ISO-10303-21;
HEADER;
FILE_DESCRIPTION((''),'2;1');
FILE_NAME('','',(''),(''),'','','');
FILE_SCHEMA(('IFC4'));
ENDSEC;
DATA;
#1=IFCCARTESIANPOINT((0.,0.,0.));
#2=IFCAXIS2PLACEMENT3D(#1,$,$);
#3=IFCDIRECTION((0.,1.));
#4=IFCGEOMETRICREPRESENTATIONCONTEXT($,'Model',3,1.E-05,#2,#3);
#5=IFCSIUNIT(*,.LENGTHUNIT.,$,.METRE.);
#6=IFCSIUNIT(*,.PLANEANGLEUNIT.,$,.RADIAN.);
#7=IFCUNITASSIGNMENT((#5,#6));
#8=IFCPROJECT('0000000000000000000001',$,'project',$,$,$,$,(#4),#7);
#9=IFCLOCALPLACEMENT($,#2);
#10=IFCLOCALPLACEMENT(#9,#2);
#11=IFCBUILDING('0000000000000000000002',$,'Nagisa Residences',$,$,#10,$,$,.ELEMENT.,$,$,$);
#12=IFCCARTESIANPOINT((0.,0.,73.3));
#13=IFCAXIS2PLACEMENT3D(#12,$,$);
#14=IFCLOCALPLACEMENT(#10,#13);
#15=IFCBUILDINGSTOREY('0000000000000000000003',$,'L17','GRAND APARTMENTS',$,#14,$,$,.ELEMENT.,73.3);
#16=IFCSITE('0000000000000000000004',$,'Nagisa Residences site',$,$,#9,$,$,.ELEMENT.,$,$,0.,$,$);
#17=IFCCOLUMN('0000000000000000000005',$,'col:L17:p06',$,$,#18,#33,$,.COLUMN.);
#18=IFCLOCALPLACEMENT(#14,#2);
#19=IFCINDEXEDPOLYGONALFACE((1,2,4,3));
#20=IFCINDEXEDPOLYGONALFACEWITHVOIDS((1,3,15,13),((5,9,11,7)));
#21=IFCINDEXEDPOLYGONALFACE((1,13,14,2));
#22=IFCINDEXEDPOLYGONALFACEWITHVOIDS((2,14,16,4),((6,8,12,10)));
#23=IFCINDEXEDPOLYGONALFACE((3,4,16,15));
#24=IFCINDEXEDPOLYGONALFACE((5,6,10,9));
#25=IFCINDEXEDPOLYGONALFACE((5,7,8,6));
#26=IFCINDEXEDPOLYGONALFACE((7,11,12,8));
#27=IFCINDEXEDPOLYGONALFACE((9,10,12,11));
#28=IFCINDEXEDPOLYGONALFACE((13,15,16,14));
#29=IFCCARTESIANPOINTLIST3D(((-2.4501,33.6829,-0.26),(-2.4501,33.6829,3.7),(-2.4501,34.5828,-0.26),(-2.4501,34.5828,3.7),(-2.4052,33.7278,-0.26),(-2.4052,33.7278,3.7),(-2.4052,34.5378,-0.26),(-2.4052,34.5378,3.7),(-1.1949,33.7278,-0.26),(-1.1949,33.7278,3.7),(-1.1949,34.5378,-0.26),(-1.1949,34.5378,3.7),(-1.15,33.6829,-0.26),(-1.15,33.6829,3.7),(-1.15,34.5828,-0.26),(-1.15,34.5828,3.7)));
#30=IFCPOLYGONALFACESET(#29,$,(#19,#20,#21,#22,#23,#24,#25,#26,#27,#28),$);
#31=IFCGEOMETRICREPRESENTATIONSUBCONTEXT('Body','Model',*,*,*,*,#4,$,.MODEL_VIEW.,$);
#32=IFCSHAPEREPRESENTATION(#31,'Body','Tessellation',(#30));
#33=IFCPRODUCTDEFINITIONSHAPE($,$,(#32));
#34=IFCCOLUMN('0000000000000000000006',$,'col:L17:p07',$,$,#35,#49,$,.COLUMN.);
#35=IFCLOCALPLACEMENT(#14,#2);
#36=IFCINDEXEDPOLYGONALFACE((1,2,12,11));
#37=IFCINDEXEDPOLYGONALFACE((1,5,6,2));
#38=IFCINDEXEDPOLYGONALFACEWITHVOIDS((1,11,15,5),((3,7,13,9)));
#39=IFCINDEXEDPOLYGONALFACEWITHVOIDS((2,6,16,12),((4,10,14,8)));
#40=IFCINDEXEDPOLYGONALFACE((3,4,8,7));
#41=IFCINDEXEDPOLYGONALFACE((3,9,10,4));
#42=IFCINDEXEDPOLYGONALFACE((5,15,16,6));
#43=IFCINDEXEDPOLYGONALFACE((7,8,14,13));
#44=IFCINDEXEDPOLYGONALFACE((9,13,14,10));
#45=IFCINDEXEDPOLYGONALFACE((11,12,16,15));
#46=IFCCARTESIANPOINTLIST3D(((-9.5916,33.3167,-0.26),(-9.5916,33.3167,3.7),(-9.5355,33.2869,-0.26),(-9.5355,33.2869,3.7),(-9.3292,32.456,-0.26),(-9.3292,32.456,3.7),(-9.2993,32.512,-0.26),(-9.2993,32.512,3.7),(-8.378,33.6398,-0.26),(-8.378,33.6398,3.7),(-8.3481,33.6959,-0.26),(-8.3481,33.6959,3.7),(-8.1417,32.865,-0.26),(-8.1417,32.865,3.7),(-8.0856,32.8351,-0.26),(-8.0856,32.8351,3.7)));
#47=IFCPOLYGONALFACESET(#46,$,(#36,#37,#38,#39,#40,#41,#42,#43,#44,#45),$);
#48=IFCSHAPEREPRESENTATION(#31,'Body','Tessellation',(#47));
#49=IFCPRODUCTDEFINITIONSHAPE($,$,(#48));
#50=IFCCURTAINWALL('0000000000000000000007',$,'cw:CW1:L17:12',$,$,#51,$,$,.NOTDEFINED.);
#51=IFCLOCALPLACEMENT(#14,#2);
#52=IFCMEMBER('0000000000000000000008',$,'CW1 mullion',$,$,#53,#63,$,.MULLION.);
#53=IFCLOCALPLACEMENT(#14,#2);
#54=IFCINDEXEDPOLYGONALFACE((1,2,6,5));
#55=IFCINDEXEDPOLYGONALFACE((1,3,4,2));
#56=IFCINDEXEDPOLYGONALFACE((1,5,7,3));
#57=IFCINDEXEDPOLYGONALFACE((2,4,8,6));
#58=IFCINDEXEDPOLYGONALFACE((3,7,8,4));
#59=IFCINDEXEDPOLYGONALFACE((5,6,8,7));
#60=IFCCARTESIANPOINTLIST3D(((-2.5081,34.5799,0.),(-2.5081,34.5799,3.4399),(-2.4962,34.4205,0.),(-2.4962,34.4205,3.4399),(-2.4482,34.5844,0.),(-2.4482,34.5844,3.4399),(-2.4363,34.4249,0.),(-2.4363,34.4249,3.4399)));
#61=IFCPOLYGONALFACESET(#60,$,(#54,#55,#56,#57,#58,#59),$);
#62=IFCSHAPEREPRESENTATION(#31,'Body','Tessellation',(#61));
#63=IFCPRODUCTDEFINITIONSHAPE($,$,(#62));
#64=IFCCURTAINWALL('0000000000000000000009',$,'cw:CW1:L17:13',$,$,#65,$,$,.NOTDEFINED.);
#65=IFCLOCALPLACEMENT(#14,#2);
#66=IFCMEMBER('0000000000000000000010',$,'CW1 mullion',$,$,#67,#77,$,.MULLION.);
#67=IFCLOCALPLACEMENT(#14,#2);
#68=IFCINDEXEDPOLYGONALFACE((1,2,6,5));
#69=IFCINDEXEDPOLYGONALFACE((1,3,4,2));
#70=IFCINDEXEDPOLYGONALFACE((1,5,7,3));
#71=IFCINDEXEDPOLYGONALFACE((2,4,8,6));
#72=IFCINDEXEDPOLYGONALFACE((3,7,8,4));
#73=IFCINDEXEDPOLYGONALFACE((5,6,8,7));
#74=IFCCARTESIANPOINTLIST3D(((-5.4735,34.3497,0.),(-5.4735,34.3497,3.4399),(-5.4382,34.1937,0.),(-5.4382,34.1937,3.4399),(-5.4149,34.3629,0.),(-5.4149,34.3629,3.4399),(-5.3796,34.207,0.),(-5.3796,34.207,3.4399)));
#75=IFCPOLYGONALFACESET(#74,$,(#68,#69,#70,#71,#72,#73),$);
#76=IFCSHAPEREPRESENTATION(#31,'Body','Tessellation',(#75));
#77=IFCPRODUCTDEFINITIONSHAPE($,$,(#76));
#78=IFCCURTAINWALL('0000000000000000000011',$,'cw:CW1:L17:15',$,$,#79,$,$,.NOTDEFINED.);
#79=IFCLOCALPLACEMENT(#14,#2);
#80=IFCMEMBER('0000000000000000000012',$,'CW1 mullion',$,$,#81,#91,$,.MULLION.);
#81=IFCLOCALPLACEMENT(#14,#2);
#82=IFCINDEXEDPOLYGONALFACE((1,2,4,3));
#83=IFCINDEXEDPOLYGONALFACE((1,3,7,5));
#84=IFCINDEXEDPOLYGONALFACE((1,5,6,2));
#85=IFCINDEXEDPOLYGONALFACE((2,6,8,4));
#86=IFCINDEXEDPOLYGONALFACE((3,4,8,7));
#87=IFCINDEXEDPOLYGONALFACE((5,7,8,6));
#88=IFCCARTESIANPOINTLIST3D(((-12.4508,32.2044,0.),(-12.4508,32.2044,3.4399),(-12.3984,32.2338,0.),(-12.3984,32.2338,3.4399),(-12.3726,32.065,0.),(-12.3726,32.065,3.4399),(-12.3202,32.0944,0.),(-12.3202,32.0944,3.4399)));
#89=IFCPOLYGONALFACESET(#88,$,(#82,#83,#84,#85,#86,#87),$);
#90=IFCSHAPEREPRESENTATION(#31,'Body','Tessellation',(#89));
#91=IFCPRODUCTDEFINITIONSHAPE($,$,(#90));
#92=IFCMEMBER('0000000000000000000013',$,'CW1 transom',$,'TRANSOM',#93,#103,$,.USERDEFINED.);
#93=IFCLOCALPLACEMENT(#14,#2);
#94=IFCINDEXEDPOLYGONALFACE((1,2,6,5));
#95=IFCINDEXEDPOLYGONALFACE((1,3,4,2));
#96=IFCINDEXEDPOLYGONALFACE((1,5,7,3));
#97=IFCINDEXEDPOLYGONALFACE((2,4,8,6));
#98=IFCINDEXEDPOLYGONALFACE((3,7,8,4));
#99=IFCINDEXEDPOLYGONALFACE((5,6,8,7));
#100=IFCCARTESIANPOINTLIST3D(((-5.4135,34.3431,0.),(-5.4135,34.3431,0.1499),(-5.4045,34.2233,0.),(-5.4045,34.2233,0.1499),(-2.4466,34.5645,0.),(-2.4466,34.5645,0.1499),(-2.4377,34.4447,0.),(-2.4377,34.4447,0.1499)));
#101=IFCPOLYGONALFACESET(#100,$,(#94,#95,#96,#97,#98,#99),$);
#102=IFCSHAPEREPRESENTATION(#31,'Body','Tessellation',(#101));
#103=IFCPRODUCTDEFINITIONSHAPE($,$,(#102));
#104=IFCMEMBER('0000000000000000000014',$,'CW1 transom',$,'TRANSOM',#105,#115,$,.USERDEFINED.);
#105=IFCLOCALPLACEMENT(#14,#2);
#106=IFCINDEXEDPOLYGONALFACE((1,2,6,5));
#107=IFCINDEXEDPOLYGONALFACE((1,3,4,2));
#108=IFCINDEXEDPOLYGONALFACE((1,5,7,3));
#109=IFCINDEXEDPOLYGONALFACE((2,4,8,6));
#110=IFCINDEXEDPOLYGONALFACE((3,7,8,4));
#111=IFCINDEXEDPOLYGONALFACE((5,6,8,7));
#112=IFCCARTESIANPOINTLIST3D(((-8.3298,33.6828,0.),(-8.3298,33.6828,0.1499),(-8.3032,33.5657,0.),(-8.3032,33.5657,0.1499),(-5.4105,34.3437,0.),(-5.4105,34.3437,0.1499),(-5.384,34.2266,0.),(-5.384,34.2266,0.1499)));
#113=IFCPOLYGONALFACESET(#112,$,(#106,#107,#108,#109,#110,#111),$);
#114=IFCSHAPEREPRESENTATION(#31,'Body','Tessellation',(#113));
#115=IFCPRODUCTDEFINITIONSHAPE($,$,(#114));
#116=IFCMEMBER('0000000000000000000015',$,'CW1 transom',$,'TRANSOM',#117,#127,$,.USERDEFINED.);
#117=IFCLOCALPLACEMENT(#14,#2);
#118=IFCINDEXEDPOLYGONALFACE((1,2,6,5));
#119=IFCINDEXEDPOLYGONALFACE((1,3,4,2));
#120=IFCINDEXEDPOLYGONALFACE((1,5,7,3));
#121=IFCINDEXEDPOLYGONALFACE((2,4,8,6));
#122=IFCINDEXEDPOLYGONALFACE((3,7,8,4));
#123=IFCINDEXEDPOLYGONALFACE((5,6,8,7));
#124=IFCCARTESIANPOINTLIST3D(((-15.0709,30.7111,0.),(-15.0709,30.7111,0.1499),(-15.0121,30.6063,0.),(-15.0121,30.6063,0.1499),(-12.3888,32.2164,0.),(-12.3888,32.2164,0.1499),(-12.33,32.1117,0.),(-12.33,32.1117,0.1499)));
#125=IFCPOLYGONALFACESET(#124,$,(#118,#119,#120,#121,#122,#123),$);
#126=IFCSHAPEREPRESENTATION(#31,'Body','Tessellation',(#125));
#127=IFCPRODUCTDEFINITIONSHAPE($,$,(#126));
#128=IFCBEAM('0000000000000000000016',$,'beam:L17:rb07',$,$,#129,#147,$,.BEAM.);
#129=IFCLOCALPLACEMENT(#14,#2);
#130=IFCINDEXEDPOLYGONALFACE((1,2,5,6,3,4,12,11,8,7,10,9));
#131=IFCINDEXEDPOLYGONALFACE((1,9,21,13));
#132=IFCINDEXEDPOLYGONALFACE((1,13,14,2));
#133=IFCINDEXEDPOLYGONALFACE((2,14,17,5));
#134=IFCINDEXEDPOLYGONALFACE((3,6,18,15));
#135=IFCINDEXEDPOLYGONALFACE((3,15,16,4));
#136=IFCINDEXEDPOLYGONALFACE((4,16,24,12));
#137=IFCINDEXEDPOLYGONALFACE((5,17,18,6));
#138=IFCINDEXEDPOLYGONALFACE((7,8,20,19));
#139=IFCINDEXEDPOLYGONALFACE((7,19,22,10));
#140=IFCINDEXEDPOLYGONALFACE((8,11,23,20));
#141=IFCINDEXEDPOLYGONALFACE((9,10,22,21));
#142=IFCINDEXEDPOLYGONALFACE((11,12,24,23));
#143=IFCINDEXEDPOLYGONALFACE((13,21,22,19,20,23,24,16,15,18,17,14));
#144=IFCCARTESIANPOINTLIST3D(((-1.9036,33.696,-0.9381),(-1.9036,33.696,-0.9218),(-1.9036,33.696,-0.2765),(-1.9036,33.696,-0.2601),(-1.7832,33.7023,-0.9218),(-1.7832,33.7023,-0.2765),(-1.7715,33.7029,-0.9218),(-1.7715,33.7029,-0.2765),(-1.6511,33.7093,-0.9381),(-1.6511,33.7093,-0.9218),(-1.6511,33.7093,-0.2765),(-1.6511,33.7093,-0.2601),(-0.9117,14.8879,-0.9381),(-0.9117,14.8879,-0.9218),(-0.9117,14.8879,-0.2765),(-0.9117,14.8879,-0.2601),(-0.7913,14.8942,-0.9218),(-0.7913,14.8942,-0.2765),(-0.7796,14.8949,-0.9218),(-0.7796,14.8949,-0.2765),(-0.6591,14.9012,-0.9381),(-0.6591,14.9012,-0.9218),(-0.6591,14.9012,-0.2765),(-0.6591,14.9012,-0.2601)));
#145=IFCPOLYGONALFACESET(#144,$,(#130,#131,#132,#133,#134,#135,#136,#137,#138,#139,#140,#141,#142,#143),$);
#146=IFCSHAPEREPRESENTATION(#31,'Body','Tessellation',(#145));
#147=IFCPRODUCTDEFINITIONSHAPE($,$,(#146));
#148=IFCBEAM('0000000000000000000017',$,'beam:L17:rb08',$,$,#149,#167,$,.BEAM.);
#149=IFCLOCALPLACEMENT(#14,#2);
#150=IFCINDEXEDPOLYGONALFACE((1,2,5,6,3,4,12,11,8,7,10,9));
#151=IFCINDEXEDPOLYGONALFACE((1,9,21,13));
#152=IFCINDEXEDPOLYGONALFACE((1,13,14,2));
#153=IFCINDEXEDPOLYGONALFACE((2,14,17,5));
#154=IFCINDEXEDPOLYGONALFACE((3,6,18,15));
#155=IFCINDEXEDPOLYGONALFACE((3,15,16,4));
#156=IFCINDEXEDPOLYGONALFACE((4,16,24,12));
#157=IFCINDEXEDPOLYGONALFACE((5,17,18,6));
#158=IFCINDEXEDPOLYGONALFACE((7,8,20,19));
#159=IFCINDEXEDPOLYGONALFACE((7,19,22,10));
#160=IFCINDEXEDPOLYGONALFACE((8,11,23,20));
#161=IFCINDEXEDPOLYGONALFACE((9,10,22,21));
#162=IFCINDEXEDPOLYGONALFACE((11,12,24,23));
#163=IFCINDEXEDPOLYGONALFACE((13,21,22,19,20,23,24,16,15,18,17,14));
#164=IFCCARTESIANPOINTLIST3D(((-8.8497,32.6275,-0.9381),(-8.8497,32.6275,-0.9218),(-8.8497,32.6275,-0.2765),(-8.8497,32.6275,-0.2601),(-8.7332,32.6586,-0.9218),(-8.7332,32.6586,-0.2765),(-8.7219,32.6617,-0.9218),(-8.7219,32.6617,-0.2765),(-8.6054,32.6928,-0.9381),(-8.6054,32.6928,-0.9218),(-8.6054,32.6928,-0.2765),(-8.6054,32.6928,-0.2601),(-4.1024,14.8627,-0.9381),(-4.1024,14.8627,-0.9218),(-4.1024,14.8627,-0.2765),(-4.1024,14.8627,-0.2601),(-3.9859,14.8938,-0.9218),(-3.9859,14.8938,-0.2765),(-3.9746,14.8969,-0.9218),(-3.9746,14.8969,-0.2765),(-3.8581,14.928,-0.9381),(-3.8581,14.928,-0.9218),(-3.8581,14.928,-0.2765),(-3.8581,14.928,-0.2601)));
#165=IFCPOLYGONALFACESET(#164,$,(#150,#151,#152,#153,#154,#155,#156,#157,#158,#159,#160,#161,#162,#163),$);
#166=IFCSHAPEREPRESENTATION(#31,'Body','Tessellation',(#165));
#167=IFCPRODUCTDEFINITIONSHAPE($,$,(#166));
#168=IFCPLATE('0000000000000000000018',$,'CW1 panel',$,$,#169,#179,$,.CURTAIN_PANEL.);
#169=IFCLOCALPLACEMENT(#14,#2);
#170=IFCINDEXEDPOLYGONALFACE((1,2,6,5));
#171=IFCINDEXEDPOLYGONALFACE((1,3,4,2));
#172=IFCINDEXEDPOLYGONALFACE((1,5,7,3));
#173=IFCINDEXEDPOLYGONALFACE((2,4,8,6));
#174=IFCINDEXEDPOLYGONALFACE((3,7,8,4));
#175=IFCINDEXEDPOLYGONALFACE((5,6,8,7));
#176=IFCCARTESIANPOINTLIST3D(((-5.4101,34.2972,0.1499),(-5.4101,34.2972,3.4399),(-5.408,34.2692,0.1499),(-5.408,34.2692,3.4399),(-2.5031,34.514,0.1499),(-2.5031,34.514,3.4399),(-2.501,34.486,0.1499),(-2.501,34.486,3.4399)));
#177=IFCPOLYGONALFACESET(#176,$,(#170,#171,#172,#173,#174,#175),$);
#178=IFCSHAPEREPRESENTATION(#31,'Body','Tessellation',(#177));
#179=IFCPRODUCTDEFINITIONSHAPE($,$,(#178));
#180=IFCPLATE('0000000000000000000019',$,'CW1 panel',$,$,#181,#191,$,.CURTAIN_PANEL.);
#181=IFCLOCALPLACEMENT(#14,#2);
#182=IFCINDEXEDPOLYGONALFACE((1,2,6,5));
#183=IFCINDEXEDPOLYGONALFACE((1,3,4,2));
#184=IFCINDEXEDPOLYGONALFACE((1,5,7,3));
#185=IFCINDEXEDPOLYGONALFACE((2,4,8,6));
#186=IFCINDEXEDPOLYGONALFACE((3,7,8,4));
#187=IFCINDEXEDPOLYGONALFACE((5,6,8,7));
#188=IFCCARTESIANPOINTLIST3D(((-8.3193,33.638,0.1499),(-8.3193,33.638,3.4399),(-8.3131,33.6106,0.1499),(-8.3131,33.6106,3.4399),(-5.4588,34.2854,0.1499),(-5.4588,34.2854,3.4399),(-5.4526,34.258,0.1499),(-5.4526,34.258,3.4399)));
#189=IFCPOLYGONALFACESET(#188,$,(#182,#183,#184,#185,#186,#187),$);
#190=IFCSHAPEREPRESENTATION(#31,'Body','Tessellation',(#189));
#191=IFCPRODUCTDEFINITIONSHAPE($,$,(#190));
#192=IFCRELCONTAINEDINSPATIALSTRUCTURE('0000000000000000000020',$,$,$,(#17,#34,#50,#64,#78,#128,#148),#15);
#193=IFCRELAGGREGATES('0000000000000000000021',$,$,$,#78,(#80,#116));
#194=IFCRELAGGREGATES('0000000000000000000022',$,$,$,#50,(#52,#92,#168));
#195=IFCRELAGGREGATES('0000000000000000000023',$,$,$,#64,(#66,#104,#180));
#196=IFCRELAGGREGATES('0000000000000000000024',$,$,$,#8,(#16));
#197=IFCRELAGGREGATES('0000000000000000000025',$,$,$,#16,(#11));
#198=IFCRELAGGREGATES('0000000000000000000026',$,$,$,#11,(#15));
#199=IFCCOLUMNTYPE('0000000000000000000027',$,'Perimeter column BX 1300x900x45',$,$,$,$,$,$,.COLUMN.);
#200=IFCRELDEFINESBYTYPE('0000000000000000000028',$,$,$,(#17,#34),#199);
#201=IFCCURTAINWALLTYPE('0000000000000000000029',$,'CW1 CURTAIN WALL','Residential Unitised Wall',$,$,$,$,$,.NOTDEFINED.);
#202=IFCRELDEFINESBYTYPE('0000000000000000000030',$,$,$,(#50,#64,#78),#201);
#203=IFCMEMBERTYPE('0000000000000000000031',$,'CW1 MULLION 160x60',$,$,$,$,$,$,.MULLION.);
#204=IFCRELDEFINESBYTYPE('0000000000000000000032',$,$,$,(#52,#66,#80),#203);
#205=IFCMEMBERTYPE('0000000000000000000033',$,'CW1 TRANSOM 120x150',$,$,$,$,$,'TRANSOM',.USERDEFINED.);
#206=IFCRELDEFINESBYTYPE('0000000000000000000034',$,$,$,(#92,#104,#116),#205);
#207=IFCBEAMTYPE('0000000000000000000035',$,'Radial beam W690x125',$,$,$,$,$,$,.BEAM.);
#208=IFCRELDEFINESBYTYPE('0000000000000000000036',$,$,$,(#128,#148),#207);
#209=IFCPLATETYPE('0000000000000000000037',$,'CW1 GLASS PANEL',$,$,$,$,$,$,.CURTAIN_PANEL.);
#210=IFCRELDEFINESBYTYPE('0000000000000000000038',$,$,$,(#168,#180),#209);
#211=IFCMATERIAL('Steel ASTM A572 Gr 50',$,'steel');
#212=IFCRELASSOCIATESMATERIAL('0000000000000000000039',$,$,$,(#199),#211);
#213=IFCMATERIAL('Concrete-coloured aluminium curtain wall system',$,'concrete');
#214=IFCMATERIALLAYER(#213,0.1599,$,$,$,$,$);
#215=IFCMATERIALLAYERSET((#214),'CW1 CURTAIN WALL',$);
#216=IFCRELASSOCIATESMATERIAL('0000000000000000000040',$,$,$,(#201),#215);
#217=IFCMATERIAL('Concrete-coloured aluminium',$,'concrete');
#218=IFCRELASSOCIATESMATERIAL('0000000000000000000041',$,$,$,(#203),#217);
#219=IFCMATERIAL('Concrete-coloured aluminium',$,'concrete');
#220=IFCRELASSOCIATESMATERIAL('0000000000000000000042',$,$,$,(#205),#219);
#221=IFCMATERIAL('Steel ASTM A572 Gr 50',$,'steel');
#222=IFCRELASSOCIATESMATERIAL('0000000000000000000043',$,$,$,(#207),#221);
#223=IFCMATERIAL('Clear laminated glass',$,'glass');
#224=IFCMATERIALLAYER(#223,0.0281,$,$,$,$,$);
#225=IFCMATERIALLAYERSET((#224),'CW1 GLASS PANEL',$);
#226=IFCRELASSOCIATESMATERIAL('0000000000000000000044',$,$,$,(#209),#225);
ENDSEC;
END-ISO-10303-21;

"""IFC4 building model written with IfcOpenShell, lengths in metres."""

from ifc_helpers import new_model, si_unit, direction, frame, origin, origin_2d, place, context, subcontext, project, spatial, rectangle, hollow_rectangle, i_section, extrude, material, layer, layer_set, material_profile, profile_set, type_object, element, aggregate, save


model = new_model("IFC4")

# Units and contexts
model_context = context("Model", 3, precision=1e-05, world=origin(), true_north=direction((0.0, 1.0)))
body_context = subcontext(model_context, "Body", "Model", "MODEL_VIEW")
ifc_project = project(units=[si_unit("LENGTHUNIT", "METRE"), si_unit("PLANEANGLEUNIT", "RADIAN")], contexts=[model_context])

# Site, building, storey
site_placement = place(None, origin())
site = spatial("IfcSite", under=ifc_project, at=site_placement, Name="Nagisa Residences site", CompositionType="ELEMENT", RefElevation=0.0)
building_placement = place(site_placement, origin())
building = spatial("IfcBuilding", under=site, at=building_placement, Name="Nagisa Residences", CompositionType="ELEMENT")
storey_placement = place(building_placement, frame((0.0, 0.0, 73.3)))
storey = spatial("IfcBuildingStorey", under=building, at=storey_placement, Name="L17", Description="GRAND APARTMENTS", CompositionType="ELEMENT", Elevation=73.3)

# Columns
ifc_material_1 = material(Name="Steel ASTM A572 Gr 50", Category="steel")
ifc_material_profile_1 = material_profile(ifc_material_1, hollow_rectangle(XDim=1.3, YDim=0.8999, WallThickness=0.0449, at=origin_2d()), Name="BX 1300x900x45")
ifc_profile_set_1 = profile_set([ifc_material_profile_1], Name="Steel ASTM A572 Gr 50")
column_type = type_object("IfcColumnType", Name="Perimeter column BX 1300x900x45", PredefinedType="COLUMN", material=ifc_profile_set_1)
for number, where, z_axis, x_axis, name in (
    (1, (-1.8, 34.1328, -0.26), (0.0, 0.0, 1.0), (-1.0, 0.0, 0.0), "col:L17:p06"),
    (2, (-8.8386, 33.0759, -0.26), (0.0, 0.0, 1.0), (-0.956525, -0.291652, 0.0), "col:L17:p07"),
):
    element("IfcColumn", number, at=place(storey_placement, frame(where, z_axis=z_axis, x_axis=x_axis)), inside=storey, type_object=column_type, Name=name, PredefinedType="COLUMN", context=body_context, shape_type="SweptSolid", body=[
        extrude(hollow_rectangle(XDim=1.3, YDim=0.8999, WallThickness=0.0449, at=origin_2d()), origin(), (0.0, 0.0, 1.0), 3.96),
    ])

# Curtain walls, members
ifc_material_2 = material(Name="Concrete-coloured aluminium curtain wall system", Category="concrete")
ifc_layer_1 = layer(ifc_material_2, 0.1599)
ifc_layer_set_1 = layer_set([ifc_layer_1], Name="CW1 CURTAIN WALL")
curtain_wall_type = type_object("IfcCurtainWallType", Name="CW1 CURTAIN WALL", Description="Residential Unitised Wall", PredefinedType="NOTDEFINED", material=ifc_layer_set_1)
curtain_wall_1_placement = place(storey_placement, origin())
curtain_wall_1 = element("IfcCurtainWall", 3, at=curtain_wall_1_placement, inside=storey, type_object=curtain_wall_type, Name="cw:CW1:L17:12", PredefinedType="NOTDEFINED")
ifc_material_3 = material(Name="Concrete-coloured aluminium", Category="concrete")
ifc_material_profile_2 = material_profile(ifc_material_3, rectangle(XDim=0.1599, YDim=0.0601, at=origin_2d()), Name="CW1 MULLION 160x60")
ifc_profile_set_2 = profile_set([ifc_material_profile_2], Name="Concrete-coloured aluminium")
member_type_1 = type_object("IfcMemberType", Name="CW1 MULLION 160x60", PredefinedType="MULLION", material=ifc_profile_set_2)
member_1_placement = place(storey_placement, frame((-2.4722, 34.5024, 0.0), z_axis=(0.0, 0.0, 1.0), x_axis=(0.074377, -0.99723, 0.0)))
member_1 = element("IfcMember", 4, at=member_1_placement, type_object=member_type_1, Name="CW1 mullion", PredefinedType="MULLION", context=body_context, shape_type="SweptSolid", body=[
    extrude(rectangle(XDim=0.1599, YDim=0.0601, at=origin_2d()), origin(), (0.0, 0.0, 1.0), 3.4399),
])
curtain_wall_2_placement = place(storey_placement, origin())
curtain_wall_2 = element("IfcCurtainWall", 5, at=curtain_wall_2_placement, inside=storey, type_object=curtain_wall_type, Name="cw:CW1:L17:13", PredefinedType="NOTDEFINED")
member_2_placement = place(storey_placement, frame((-5.4265, 34.2783, 0.0), z_axis=(0.0, 0.0, 1.0), x_axis=(0.220764, -0.975327, 0.0)))
member_2 = element("IfcMember", 6, at=member_2_placement, type_object=member_type_1, Name="CW1 mullion", PredefinedType="MULLION", context=body_context, shape_type="SweptSolid", body=[
    extrude(rectangle(XDim=0.1599, YDim=0.0601, at=origin_2d()), origin(), (0.0, 0.0, 1.0), 3.4399),
])
curtain_wall_3_placement = place(storey_placement, origin())
curtain_wall_3 = element("IfcCurtainWall", 7, at=curtain_wall_3_placement, inside=storey, type_object=curtain_wall_type, Name="cw:CW1:L17:15", PredefinedType="NOTDEFINED")
member_3_placement = place(storey_placement, frame((-12.3855, 32.1494, 0.0), z_axis=(0.0, 0.0, 1.0), x_axis=(0.489377, -0.872072, 0.0)))
member_3 = element("IfcMember", 8, at=member_3_placement, type_object=member_type_1, Name="CW1 mullion", PredefinedType="MULLION", context=body_context, shape_type="SweptSolid", body=[
    extrude(rectangle(XDim=0.1599, YDim=0.0601, at=origin_2d()), origin(), (0.0, 0.0, 1.0), 3.4399),
])

# Members
ifc_material_4 = material(Name="Concrete-coloured aluminium", Category="concrete")
ifc_material_profile_3 = material_profile(ifc_material_4, rectangle(XDim=0.1201, YDim=0.1499, at=origin_2d()), Name="CW1 TRANSOM 120x150")
ifc_profile_set_3 = profile_set([ifc_material_profile_3], Name="Concrete-coloured aluminium")
member_type_2 = type_object("IfcMemberType", Name="CW1 TRANSOM 120x150", ElementType="TRANSOM", PredefinedType="USERDEFINED", material=ifc_profile_set_3)
member_4_placement = place(storey_placement, frame((-2.4421, 34.5046, 0.075), z_axis=(-0.997226, -0.074431, 0.0), x_axis=(0.074431, -0.997226, 0.0)))
member_4 = element("IfcMember", 9, at=member_4_placement, type_object=member_type_2, Name="CW1 transom", ObjectType="TRANSOM", PredefinedType="USERDEFINED", context=body_context, shape_type="SweptSolid", body=[
    extrude(rectangle(XDim=0.1201, YDim=0.1499, at=origin_2d()), origin(), (0.0, 0.0, 1.0), 2.9751),
])
member_5_placement = place(storey_placement, frame((-5.3972, 34.2852, 0.075), z_axis=(-0.975318, -0.220807, 0.0), x_axis=(0.220807, -0.975318, 0.0)))
member_5 = element("IfcMember", 10, at=member_5_placement, type_object=member_type_2, Name="CW1 transom", ObjectType="TRANSOM", PredefinedType="USERDEFINED", context=body_context, shape_type="SweptSolid", body=[
    extrude(rectangle(XDim=0.1201, YDim=0.1499, at=origin_2d()), origin(), (0.0, 0.0, 1.0), 2.9932),
])
member_6_placement = place(storey_placement, frame((-12.3594, 32.1641, 0.075), z_axis=(-0.872037, -0.489439, 0.0), x_axis=(0.489439, -0.872037, 0.0)))
member_6 = element("IfcMember", 11, at=member_6_placement, type_object=member_type_2, Name="CW1 transom", ObjectType="TRANSOM", PredefinedType="USERDEFINED", context=body_context, shape_type="SweptSolid", body=[
    extrude(rectangle(XDim=0.1201, YDim=0.1499, at=origin_2d()), origin(), (0.0, 0.0, 1.0), 3.0757),
])
aggregate(curtain_wall_3, [member_3, member_6])

# Beams
ifc_material_5 = material(Name="Steel ASTM A572 Gr 50", Category="steel")
ifc_material_profile_4 = material_profile(ifc_material_5, i_section(OverallWidth=0.2529, OverallDepth=0.678, WebThickness=0.0117, FlangeThickness=0.0164, at=origin_2d()), Name="W690x125")
ifc_profile_set_4 = profile_set([ifc_material_profile_4], Name="Steel ASTM A572 Gr 50")
beam_type = type_object("IfcBeamType", Name="Radial beam W690x125", PredefinedType="BEAM", material=ifc_profile_set_4)
beam_1_placement = place(storey_placement, frame((-1.7773, 33.7026, -0.5991), z_axis=(0.052667, -0.998612, 0.0), x_axis=(0.998612, 0.052667, 0.0)))
element("IfcBeam", 12, at=beam_1_placement, inside=storey, type_object=beam_type, Name="beam:L17:rb07", PredefinedType="BEAM", context=body_context, shape_type="SweptSolid", body=[
    extrude(i_section(OverallWidth=0.2529, OverallDepth=0.678, WebThickness=0.0117, FlangeThickness=0.0164, at=origin_2d()), origin(), (0.0, 0.0, 1.0), 18.8342),
])
beam_2_placement = place(storey_placement, frame((-8.7275, 32.6602, -0.5991), z_axis=(0.258171, -0.966099, 0.0), x_axis=(0.966099, 0.258171, 0.0)))
element("IfcBeam", 13, at=beam_2_placement, inside=storey, type_object=beam_type, Name="beam:L17:rb08", PredefinedType="BEAM", context=body_context, shape_type="SweptSolid", body=[
    extrude(i_section(OverallWidth=0.2529, OverallDepth=0.678, WebThickness=0.0117, FlangeThickness=0.0164, at=origin_2d()), origin(), (0.0, 0.0, 1.0), 18.3882),
])

# Plates
ifc_material_6 = material(Name="Clear laminated glass", Category="glass")
ifc_layer_2 = layer(ifc_material_6, 0.0281)
ifc_layer_set_2 = layer_set([ifc_layer_2], Name="CW1 GLASS PANEL")
plate_type = type_object("IfcPlateType", Name="CW1 GLASS PANEL", PredefinedType="CURTAIN_PANEL", material=ifc_layer_set_2)
plate_1_placement = place(storey_placement, frame((-3.9556, 34.3916, 0.1499), z_axis=(0.0, 0.0, 1.0), x_axis=(-0.99723, -0.074377, 0.0)))
plate_1 = element("IfcPlate", 14, at=plate_1_placement, type_object=plate_type, Name="CW1 panel", PredefinedType="CURTAIN_PANEL", context=body_context, shape_type="SweptSolid", body=[
    extrude(rectangle(XDim=2.915, YDim=0.0281, at=origin_2d()), origin(), (0.0, 0.0, 1.0), 3.29),
])
aggregate(curtain_wall_1, [member_1, member_4, plate_1])
plate_2_placement = place(storey_placement, frame((-6.886, 33.948, 0.1499), z_axis=(0.0, 0.0, 1.0), x_axis=(-0.975327, -0.220764, 0.0)))
plate_2 = element("IfcPlate", 15, at=plate_2_placement, type_object=plate_type, Name="CW1 panel", PredefinedType="CURTAIN_PANEL", context=body_context, shape_type="SweptSolid", body=[
    extrude(rectangle(XDim=2.9329, YDim=0.0281, at=origin_2d()), origin(), (0.0, 0.0, 1.0), 3.29),
])
aggregate(curtain_wall_2, [member_2, member_5, plate_2])

save(model, "model.ifc")
